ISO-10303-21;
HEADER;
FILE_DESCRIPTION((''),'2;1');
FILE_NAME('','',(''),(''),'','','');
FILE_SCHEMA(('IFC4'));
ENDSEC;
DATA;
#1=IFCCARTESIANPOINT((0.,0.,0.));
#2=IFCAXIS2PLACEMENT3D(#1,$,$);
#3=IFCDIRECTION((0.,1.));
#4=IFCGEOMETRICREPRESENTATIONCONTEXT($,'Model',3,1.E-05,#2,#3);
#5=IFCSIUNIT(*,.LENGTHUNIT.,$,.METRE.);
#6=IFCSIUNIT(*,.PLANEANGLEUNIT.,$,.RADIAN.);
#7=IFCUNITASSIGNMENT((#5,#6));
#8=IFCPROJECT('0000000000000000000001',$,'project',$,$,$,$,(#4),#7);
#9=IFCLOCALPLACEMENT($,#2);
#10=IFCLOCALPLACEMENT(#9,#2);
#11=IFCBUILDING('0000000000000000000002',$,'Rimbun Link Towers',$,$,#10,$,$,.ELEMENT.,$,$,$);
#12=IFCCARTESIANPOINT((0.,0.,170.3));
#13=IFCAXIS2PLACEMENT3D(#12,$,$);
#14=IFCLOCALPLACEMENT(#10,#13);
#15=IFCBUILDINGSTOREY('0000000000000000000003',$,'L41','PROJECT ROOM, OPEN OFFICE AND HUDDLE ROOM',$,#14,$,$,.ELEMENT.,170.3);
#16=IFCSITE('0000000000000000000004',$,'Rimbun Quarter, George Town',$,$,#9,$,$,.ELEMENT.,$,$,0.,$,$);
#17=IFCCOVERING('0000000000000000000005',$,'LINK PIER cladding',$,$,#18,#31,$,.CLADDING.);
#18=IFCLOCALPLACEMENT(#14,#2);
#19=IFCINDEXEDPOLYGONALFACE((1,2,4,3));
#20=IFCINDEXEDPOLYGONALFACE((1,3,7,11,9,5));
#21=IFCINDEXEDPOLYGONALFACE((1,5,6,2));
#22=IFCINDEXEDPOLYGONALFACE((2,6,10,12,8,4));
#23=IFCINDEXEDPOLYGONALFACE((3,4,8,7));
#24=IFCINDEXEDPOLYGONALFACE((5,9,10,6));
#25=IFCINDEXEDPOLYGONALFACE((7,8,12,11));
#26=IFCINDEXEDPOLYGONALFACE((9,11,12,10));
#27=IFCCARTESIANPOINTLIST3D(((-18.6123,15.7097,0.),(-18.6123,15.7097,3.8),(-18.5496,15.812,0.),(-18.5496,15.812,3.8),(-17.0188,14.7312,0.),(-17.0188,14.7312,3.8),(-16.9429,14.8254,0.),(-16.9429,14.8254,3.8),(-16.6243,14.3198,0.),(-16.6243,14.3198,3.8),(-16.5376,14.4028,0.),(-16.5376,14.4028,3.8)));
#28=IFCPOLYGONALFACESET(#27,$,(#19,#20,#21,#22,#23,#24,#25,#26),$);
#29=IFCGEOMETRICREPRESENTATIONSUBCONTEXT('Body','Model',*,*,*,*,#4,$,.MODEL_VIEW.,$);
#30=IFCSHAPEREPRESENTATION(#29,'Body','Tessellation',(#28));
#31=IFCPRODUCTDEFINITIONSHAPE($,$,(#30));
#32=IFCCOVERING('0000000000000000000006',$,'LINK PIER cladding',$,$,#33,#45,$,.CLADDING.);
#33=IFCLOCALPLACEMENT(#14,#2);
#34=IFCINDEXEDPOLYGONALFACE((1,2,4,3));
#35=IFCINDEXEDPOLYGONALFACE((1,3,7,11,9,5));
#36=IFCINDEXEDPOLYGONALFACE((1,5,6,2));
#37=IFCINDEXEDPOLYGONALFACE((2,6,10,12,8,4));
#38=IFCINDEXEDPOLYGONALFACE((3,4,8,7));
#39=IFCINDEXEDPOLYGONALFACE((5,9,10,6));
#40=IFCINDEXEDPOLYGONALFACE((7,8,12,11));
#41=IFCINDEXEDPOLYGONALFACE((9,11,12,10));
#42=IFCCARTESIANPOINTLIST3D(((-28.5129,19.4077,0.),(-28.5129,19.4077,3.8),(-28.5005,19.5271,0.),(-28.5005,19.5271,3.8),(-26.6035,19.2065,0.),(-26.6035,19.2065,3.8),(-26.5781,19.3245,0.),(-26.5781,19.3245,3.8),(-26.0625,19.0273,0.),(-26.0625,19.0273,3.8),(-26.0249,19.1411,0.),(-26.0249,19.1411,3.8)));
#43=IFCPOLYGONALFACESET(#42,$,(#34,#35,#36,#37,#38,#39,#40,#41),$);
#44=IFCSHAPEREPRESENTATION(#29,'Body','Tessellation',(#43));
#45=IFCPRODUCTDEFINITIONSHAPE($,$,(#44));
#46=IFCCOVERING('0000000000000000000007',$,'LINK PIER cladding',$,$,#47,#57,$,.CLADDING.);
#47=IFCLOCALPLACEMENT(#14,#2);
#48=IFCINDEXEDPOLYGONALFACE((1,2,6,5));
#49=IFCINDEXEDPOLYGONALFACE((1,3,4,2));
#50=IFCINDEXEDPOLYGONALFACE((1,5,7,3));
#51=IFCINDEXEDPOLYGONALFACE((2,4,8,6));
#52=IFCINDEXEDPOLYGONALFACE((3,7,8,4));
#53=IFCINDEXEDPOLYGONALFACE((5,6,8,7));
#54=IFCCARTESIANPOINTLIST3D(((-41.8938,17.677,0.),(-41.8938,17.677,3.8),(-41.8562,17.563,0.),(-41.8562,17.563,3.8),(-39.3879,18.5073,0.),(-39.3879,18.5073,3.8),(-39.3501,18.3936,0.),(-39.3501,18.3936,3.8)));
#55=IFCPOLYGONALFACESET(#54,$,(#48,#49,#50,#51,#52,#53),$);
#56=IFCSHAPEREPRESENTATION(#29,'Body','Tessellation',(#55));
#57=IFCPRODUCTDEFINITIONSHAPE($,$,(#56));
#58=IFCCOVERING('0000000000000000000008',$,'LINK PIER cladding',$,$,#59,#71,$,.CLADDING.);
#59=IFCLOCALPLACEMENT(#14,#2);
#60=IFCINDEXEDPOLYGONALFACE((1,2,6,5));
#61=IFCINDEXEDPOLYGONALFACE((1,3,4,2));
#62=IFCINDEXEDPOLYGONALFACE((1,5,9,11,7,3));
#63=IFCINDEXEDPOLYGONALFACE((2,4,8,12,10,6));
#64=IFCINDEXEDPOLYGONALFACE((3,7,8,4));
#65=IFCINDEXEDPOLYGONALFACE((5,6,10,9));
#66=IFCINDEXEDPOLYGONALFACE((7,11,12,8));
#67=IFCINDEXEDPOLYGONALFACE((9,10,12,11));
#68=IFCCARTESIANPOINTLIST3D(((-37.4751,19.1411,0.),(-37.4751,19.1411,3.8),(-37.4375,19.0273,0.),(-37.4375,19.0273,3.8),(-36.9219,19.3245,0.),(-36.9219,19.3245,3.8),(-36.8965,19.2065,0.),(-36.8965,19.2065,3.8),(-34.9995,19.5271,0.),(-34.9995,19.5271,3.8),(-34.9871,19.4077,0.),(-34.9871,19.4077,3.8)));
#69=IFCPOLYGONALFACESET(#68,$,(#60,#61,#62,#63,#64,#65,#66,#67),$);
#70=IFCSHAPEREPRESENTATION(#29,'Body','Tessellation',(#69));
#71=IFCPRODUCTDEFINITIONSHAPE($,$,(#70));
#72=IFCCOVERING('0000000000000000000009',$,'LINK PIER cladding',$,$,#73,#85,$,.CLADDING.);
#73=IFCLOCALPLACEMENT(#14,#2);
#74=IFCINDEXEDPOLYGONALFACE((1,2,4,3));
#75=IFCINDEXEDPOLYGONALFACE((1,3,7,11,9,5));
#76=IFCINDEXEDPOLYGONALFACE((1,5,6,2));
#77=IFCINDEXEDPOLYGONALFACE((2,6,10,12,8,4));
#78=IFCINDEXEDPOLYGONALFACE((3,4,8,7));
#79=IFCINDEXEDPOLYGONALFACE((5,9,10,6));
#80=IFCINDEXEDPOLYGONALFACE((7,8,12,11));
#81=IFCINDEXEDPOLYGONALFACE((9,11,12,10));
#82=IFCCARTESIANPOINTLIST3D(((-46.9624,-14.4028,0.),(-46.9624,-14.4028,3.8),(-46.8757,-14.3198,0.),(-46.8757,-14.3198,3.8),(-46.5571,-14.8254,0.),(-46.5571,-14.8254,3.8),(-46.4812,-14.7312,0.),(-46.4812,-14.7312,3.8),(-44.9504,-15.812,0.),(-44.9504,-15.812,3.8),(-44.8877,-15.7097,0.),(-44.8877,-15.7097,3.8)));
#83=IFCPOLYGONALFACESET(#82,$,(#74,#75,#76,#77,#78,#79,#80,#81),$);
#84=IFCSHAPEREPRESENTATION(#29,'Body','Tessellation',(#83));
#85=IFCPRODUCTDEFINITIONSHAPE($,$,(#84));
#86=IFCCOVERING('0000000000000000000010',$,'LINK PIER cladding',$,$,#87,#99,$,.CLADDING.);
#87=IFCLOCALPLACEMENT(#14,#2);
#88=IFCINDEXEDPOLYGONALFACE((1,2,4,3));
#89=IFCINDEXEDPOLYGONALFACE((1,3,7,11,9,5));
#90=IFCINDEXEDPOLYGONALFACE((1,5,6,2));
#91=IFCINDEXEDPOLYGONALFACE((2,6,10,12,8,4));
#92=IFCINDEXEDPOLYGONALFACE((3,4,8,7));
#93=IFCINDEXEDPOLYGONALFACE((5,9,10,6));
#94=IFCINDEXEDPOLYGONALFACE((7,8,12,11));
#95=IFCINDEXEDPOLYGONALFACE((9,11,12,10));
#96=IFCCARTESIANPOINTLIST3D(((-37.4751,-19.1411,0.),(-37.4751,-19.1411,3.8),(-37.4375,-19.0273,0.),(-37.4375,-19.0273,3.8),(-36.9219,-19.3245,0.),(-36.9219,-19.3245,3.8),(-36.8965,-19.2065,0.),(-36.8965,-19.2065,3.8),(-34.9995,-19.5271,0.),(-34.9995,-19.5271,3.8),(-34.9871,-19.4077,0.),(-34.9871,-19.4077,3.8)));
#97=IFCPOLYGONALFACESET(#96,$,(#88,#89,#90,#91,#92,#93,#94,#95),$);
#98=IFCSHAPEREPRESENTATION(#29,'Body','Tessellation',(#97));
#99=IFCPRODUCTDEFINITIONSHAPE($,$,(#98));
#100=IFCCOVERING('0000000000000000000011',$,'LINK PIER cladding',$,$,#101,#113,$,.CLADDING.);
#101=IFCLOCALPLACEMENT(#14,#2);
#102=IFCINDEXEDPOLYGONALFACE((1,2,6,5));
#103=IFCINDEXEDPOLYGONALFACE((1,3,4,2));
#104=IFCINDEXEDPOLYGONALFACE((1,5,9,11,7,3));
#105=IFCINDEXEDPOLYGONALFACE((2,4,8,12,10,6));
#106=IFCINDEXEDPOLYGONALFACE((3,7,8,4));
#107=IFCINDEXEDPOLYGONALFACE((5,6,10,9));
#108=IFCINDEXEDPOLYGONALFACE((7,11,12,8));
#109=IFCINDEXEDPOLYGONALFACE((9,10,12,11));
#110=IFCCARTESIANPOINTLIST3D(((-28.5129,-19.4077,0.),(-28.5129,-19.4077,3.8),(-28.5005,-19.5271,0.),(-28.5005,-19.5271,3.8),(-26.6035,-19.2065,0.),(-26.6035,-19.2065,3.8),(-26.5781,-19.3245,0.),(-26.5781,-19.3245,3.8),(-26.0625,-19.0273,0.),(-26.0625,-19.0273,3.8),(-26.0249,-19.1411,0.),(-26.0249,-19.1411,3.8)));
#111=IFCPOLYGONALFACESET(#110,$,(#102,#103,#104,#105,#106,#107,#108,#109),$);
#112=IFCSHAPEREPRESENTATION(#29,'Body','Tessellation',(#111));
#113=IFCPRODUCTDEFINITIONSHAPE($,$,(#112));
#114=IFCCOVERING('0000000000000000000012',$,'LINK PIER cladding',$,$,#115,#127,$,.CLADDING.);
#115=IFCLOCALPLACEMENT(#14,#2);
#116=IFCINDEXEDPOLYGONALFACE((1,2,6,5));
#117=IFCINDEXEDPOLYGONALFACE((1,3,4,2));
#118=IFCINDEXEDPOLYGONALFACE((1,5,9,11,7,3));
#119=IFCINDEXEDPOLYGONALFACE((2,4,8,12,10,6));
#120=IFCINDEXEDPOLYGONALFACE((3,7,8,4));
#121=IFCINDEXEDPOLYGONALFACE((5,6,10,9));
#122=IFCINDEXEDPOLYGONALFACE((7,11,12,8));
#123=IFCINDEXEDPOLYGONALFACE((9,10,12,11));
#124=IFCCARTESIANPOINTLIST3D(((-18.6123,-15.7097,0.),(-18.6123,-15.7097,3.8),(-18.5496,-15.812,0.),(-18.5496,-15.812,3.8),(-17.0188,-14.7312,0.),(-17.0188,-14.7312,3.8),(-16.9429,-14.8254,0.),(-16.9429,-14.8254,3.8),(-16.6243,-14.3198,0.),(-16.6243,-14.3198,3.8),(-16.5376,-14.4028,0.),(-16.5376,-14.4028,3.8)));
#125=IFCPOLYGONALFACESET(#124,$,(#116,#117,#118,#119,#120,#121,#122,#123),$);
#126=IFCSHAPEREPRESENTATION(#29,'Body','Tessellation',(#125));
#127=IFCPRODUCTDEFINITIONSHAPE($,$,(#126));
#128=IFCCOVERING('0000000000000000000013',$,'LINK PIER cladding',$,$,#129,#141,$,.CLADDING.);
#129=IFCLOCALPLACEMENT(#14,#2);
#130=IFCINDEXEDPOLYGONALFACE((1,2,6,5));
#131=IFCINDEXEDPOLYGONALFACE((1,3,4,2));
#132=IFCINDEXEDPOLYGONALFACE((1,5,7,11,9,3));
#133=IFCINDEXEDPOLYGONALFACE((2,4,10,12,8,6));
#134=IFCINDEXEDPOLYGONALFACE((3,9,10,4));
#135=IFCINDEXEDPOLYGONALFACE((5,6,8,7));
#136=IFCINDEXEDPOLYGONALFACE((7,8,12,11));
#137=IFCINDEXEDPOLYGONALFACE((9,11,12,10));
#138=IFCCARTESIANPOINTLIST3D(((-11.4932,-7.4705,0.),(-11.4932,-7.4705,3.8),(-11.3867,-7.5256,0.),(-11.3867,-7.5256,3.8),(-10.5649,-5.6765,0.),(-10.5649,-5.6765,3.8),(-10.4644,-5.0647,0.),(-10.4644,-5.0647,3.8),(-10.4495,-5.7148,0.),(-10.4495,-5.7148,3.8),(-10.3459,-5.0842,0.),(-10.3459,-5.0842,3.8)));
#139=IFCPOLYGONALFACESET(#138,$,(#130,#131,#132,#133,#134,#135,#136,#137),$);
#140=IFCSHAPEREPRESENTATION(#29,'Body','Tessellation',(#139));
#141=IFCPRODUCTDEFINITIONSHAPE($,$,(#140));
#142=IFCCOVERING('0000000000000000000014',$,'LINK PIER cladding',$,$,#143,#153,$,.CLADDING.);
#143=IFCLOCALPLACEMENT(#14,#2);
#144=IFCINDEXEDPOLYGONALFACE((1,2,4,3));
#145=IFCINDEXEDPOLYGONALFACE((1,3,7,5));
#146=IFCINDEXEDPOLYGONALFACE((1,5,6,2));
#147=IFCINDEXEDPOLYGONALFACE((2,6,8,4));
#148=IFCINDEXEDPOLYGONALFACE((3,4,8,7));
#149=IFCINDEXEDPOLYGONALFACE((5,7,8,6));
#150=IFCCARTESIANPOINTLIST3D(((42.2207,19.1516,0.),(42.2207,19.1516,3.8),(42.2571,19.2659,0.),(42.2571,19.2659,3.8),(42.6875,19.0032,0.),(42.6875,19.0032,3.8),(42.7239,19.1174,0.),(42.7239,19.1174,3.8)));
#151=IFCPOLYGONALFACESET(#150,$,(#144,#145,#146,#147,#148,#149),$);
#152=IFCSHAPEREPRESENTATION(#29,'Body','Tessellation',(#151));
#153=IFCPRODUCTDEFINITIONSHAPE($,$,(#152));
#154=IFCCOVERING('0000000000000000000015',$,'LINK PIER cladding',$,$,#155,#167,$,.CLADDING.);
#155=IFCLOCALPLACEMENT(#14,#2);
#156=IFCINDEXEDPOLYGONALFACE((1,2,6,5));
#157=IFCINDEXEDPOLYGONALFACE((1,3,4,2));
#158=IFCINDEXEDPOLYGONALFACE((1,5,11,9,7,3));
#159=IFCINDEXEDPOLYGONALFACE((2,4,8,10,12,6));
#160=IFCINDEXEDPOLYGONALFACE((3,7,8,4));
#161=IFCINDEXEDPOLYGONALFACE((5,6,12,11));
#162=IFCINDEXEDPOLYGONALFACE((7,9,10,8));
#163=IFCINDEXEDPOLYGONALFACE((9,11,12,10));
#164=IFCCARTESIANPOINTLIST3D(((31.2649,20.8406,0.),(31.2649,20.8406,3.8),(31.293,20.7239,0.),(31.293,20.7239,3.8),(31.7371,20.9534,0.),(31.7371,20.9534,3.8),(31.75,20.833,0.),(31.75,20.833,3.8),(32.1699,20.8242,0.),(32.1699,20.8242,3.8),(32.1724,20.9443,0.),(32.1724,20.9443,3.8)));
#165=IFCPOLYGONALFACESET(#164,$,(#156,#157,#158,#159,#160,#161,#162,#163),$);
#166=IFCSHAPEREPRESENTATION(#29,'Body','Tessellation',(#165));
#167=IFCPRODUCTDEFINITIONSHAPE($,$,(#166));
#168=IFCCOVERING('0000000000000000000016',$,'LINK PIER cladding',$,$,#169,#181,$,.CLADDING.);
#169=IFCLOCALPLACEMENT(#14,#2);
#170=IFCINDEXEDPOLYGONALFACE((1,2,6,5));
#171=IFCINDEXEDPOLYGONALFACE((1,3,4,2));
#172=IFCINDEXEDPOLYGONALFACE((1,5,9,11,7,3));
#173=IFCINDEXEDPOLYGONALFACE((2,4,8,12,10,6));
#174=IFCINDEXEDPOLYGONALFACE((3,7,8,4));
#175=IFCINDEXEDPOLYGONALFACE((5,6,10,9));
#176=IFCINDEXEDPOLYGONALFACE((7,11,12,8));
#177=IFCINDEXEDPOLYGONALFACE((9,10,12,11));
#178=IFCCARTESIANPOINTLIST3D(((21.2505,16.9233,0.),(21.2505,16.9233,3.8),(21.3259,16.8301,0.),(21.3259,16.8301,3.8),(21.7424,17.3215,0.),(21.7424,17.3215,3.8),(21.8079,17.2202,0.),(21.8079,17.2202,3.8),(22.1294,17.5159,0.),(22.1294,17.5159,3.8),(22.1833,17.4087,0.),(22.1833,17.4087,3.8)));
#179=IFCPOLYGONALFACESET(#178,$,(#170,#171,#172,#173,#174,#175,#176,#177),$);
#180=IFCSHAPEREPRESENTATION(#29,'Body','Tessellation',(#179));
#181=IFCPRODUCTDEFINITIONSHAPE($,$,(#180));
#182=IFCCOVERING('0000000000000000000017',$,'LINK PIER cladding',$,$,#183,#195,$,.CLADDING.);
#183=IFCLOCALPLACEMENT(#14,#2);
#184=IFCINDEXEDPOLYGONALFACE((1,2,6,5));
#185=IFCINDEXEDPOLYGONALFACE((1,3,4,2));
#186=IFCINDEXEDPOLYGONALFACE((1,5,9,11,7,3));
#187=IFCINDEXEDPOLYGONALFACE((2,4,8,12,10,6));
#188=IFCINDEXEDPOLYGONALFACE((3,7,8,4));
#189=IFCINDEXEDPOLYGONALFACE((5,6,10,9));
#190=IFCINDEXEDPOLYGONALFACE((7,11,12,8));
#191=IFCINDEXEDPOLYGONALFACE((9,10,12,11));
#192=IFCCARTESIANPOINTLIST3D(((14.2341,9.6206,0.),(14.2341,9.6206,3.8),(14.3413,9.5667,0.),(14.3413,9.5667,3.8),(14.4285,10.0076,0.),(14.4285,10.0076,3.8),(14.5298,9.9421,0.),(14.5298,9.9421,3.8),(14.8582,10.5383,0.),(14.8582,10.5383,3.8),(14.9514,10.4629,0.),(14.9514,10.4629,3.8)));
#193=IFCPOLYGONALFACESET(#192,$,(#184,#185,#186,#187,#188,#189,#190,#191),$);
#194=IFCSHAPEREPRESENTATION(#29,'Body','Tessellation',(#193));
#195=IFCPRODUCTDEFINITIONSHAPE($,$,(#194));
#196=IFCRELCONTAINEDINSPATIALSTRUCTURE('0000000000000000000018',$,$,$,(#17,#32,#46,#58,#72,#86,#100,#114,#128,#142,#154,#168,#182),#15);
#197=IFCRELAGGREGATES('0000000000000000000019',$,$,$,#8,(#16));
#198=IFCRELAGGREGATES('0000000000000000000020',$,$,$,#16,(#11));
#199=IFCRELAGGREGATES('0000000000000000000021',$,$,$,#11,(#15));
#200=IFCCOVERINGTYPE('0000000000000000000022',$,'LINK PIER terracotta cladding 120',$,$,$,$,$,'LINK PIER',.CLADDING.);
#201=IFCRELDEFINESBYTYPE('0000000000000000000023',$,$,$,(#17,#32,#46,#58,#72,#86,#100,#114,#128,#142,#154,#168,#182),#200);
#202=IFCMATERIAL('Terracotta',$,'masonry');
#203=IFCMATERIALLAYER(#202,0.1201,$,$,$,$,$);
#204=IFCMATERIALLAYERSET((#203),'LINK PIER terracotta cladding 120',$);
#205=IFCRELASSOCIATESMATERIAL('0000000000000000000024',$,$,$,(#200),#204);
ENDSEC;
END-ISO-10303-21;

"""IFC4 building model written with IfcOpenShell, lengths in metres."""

from ifc_helpers import new_model, si_unit, direction, frame, origin, place, context, subcontext, project, spatial, polyline, outline, extrude, material, layer, layer_set, type_object, element, save


model = new_model("IFC4")

# Units and contexts
model_context = context("Model", 3, precision=1e-05, world=origin(), true_north=direction((0.0, 1.0)))
body_context = subcontext(model_context, "Body", "Model", "MODEL_VIEW")
ifc_project = project(units=[si_unit("LENGTHUNIT", "METRE"), si_unit("PLANEANGLEUNIT", "RADIAN")], contexts=[model_context])

# Site, building, storey
site_placement = place(None, origin())
site = spatial("IfcSite", under=ifc_project, at=site_placement, Name="Rimbun Quarter, George Town", CompositionType="ELEMENT", RefElevation=0.0)
building_placement = place(site_placement, origin())
building = spatial("IfcBuilding", under=site, at=building_placement, Name="Rimbun Link Towers", CompositionType="ELEMENT")
storey_placement = place(building_placement, frame((0.0, 0.0, 170.3)))
storey = spatial("IfcBuildingStorey", under=building, at=storey_placement, Name="L41", Description="PROJECT ROOM, OPEN OFFICE AND HUDDLE ROOM", CompositionType="ELEMENT", Elevation=170.3)

# Coverings
ifc_material_1 = material(Name="Terracotta", Category="masonry")
ifc_layer_1 = layer(ifc_material_1, 0.1201)
ifc_layer_set_1 = layer_set([ifc_layer_1], Name="LINK PIER terracotta cladding 120")
covering_type_1 = type_object("IfcCoveringType", Name="LINK PIER terracotta cladding 120", ElementType="LINK PIER", PredefinedType="CLADDING", material=ifc_layer_set_1)
covering_1_placement = place(storey_placement, origin())
element("IfcCovering", 1, at=covering_1_placement, inside=storey, type_object=covering_type_1, Name="LINK PIER cladding", PredefinedType="CLADDING", context=body_context, shape_type="SweptSolid", body=[
    extrude(outline(polyline([(-18.6123, 15.7097), (-17.0188, 14.7312), (-16.6243, 14.3198), (-16.5376, 14.4028), (-16.9429, 14.8254), (-18.5496, 15.812), (-18.6123, 15.7097)])), origin(), (0.0, 0.0, 1.0), 3.8),
])
covering_2_placement = place(storey_placement, origin())
element("IfcCovering", 2, at=covering_2_placement, inside=storey, type_object=covering_type_1, Name="LINK PIER cladding", PredefinedType="CLADDING", context=body_context, shape_type="SweptSolid", body=[
    extrude(outline(polyline([(-28.5129, 19.4077), (-26.6035, 19.2065), (-26.0625, 19.0273), (-26.0249, 19.1411), (-26.5781, 19.3245), (-28.5005, 19.5271), (-28.5129, 19.4077)])), origin(), (0.0, 0.0, 1.0), 3.8),
])
covering_3_placement = place(storey_placement, origin())
element("IfcCovering", 3, at=covering_3_placement, inside=storey, type_object=covering_type_1, Name="LINK PIER cladding", PredefinedType="CLADDING", context=body_context, shape_type="SweptSolid", body=[
    extrude(outline(polyline([(-41.8562, 17.563), (-39.3501, 18.3936), (-39.3879, 18.5073), (-41.8938, 17.677), (-41.8562, 17.563)])), origin(), (0.0, 0.0, 1.0), 3.8),
])
covering_4_placement = place(storey_placement, origin())
element("IfcCovering", 4, at=covering_4_placement, inside=storey, type_object=covering_type_1, Name="LINK PIER cladding", PredefinedType="CLADDING", context=body_context, shape_type="SweptSolid", body=[
    extrude(outline(polyline([(-37.4375, 19.0273), (-36.8965, 19.2065), (-34.9871, 19.4077), (-34.9995, 19.5271), (-36.9219, 19.3245), (-37.4751, 19.1411), (-37.4375, 19.0273)])), origin(), (0.0, 0.0, 1.0), 3.8),
])
covering_5_placement = place(storey_placement, origin())
element("IfcCovering", 5, at=covering_5_placement, inside=storey, type_object=covering_type_1, Name="LINK PIER cladding", PredefinedType="CLADDING", context=body_context, shape_type="SweptSolid", body=[
    extrude(outline(polyline([(-44.8877, -15.7097), (-46.4812, -14.7312), (-46.8757, -14.3198), (-46.9624, -14.4028), (-46.5571, -14.8254), (-44.9504, -15.812), (-44.8877, -15.7097)])), origin(), (0.0, 0.0, 1.0), 3.8),
])
covering_6_placement = place(storey_placement, origin())
element("IfcCovering", 6, at=covering_6_placement, inside=storey, type_object=covering_type_1, Name="LINK PIER cladding", PredefinedType="CLADDING", context=body_context, shape_type="SweptSolid", body=[
    extrude(outline(polyline([(-34.9871, -19.4077), (-36.8965, -19.2065), (-37.4375, -19.0273), (-37.4751, -19.1411), (-36.9219, -19.3245), (-34.9995, -19.5271), (-34.9871, -19.4077)])), origin(), (0.0, 0.0, 1.0), 3.8),
])
covering_7_placement = place(storey_placement, origin())
element("IfcCovering", 7, at=covering_7_placement, inside=storey, type_object=covering_type_1, Name="LINK PIER cladding", PredefinedType="CLADDING", context=body_context, shape_type="SweptSolid", body=[
    extrude(outline(polyline([(-26.0625, -19.0273), (-26.6035, -19.2065), (-28.5129, -19.4077), (-28.5005, -19.5271), (-26.5781, -19.3245), (-26.0249, -19.1411), (-26.0625, -19.0273)])), origin(), (0.0, 0.0, 1.0), 3.8),
])
covering_8_placement = place(storey_placement, origin())
element("IfcCovering", 8, at=covering_8_placement, inside=storey, type_object=covering_type_1, Name="LINK PIER cladding", PredefinedType="CLADDING", context=body_context, shape_type="SweptSolid", body=[
    extrude(outline(polyline([(-16.6243, -14.3198), (-17.0188, -14.7312), (-18.6123, -15.7097), (-18.5496, -15.812), (-16.9429, -14.8254), (-16.5376, -14.4028), (-16.6243, -14.3198)])), origin(), (0.0, 0.0, 1.0), 3.8),
])
covering_9_placement = place(storey_placement, origin())
element("IfcCovering", 9, at=covering_9_placement, inside=storey, type_object=covering_type_1, Name="LINK PIER cladding", PredefinedType="CLADDING", context=body_context, shape_type="SweptSolid", body=[
    extrude(outline(polyline([(-10.4644, -5.0647), (-10.5649, -5.6765), (-11.4932, -7.4705), (-11.3867, -7.5256), (-10.4495, -5.7148), (-10.3459, -5.0842), (-10.4644, -5.0647)])), origin(), (0.0, 0.0, 1.0), 3.8),
])
covering_10_placement = place(storey_placement, origin())
element("IfcCovering", 10, at=covering_10_placement, inside=storey, type_object=covering_type_1, Name="LINK PIER cladding", PredefinedType="CLADDING", context=body_context, shape_type="SweptSolid", body=[
    extrude(outline(polyline([(42.2207, 19.1516), (42.6875, 19.0032), (42.7239, 19.1174), (42.2571, 19.2659), (42.2207, 19.1516)])), origin(), (0.0, 0.0, 1.0), 3.8),
])
covering_11_placement = place(storey_placement, origin())
element("IfcCovering", 11, at=covering_11_placement, inside=storey, type_object=covering_type_1, Name="LINK PIER cladding", PredefinedType="CLADDING", context=body_context, shape_type="SweptSolid", body=[
    extrude(outline(polyline([(31.293, 20.7239), (31.75, 20.833), (32.1699, 20.8242), (32.1724, 20.9443), (31.7371, 20.9534), (31.2649, 20.8406), (31.293, 20.7239)])), origin(), (0.0, 0.0, 1.0), 3.8),
])
covering_12_placement = place(storey_placement, origin())
element("IfcCovering", 12, at=covering_12_placement, inside=storey, type_object=covering_type_1, Name="LINK PIER cladding", PredefinedType="CLADDING", context=body_context, shape_type="SweptSolid", body=[
    extrude(outline(polyline([(21.3259, 16.8301), (21.8079, 17.2202), (22.1833, 17.4087), (22.1294, 17.5159), (21.7424, 17.3215), (21.2505, 16.9233), (21.3259, 16.8301)])), origin(), (0.0, 0.0, 1.0), 3.8),
])
covering_13_placement = place(storey_placement, origin())
element("IfcCovering", 13, at=covering_13_placement, inside=storey, type_object=covering_type_1, Name="LINK PIER cladding", PredefinedType="CLADDING", context=body_context, shape_type="SweptSolid", body=[
    extrude(outline(polyline([(14.3413, 9.5667), (14.5298, 9.9421), (14.9514, 10.4629), (14.8582, 10.5383), (14.4285, 10.0076), (14.2341, 9.6206), (14.3413, 9.5667)])), origin(), (0.0, 0.0, 1.0), 3.8),
])

save(model, "model.ifc")
